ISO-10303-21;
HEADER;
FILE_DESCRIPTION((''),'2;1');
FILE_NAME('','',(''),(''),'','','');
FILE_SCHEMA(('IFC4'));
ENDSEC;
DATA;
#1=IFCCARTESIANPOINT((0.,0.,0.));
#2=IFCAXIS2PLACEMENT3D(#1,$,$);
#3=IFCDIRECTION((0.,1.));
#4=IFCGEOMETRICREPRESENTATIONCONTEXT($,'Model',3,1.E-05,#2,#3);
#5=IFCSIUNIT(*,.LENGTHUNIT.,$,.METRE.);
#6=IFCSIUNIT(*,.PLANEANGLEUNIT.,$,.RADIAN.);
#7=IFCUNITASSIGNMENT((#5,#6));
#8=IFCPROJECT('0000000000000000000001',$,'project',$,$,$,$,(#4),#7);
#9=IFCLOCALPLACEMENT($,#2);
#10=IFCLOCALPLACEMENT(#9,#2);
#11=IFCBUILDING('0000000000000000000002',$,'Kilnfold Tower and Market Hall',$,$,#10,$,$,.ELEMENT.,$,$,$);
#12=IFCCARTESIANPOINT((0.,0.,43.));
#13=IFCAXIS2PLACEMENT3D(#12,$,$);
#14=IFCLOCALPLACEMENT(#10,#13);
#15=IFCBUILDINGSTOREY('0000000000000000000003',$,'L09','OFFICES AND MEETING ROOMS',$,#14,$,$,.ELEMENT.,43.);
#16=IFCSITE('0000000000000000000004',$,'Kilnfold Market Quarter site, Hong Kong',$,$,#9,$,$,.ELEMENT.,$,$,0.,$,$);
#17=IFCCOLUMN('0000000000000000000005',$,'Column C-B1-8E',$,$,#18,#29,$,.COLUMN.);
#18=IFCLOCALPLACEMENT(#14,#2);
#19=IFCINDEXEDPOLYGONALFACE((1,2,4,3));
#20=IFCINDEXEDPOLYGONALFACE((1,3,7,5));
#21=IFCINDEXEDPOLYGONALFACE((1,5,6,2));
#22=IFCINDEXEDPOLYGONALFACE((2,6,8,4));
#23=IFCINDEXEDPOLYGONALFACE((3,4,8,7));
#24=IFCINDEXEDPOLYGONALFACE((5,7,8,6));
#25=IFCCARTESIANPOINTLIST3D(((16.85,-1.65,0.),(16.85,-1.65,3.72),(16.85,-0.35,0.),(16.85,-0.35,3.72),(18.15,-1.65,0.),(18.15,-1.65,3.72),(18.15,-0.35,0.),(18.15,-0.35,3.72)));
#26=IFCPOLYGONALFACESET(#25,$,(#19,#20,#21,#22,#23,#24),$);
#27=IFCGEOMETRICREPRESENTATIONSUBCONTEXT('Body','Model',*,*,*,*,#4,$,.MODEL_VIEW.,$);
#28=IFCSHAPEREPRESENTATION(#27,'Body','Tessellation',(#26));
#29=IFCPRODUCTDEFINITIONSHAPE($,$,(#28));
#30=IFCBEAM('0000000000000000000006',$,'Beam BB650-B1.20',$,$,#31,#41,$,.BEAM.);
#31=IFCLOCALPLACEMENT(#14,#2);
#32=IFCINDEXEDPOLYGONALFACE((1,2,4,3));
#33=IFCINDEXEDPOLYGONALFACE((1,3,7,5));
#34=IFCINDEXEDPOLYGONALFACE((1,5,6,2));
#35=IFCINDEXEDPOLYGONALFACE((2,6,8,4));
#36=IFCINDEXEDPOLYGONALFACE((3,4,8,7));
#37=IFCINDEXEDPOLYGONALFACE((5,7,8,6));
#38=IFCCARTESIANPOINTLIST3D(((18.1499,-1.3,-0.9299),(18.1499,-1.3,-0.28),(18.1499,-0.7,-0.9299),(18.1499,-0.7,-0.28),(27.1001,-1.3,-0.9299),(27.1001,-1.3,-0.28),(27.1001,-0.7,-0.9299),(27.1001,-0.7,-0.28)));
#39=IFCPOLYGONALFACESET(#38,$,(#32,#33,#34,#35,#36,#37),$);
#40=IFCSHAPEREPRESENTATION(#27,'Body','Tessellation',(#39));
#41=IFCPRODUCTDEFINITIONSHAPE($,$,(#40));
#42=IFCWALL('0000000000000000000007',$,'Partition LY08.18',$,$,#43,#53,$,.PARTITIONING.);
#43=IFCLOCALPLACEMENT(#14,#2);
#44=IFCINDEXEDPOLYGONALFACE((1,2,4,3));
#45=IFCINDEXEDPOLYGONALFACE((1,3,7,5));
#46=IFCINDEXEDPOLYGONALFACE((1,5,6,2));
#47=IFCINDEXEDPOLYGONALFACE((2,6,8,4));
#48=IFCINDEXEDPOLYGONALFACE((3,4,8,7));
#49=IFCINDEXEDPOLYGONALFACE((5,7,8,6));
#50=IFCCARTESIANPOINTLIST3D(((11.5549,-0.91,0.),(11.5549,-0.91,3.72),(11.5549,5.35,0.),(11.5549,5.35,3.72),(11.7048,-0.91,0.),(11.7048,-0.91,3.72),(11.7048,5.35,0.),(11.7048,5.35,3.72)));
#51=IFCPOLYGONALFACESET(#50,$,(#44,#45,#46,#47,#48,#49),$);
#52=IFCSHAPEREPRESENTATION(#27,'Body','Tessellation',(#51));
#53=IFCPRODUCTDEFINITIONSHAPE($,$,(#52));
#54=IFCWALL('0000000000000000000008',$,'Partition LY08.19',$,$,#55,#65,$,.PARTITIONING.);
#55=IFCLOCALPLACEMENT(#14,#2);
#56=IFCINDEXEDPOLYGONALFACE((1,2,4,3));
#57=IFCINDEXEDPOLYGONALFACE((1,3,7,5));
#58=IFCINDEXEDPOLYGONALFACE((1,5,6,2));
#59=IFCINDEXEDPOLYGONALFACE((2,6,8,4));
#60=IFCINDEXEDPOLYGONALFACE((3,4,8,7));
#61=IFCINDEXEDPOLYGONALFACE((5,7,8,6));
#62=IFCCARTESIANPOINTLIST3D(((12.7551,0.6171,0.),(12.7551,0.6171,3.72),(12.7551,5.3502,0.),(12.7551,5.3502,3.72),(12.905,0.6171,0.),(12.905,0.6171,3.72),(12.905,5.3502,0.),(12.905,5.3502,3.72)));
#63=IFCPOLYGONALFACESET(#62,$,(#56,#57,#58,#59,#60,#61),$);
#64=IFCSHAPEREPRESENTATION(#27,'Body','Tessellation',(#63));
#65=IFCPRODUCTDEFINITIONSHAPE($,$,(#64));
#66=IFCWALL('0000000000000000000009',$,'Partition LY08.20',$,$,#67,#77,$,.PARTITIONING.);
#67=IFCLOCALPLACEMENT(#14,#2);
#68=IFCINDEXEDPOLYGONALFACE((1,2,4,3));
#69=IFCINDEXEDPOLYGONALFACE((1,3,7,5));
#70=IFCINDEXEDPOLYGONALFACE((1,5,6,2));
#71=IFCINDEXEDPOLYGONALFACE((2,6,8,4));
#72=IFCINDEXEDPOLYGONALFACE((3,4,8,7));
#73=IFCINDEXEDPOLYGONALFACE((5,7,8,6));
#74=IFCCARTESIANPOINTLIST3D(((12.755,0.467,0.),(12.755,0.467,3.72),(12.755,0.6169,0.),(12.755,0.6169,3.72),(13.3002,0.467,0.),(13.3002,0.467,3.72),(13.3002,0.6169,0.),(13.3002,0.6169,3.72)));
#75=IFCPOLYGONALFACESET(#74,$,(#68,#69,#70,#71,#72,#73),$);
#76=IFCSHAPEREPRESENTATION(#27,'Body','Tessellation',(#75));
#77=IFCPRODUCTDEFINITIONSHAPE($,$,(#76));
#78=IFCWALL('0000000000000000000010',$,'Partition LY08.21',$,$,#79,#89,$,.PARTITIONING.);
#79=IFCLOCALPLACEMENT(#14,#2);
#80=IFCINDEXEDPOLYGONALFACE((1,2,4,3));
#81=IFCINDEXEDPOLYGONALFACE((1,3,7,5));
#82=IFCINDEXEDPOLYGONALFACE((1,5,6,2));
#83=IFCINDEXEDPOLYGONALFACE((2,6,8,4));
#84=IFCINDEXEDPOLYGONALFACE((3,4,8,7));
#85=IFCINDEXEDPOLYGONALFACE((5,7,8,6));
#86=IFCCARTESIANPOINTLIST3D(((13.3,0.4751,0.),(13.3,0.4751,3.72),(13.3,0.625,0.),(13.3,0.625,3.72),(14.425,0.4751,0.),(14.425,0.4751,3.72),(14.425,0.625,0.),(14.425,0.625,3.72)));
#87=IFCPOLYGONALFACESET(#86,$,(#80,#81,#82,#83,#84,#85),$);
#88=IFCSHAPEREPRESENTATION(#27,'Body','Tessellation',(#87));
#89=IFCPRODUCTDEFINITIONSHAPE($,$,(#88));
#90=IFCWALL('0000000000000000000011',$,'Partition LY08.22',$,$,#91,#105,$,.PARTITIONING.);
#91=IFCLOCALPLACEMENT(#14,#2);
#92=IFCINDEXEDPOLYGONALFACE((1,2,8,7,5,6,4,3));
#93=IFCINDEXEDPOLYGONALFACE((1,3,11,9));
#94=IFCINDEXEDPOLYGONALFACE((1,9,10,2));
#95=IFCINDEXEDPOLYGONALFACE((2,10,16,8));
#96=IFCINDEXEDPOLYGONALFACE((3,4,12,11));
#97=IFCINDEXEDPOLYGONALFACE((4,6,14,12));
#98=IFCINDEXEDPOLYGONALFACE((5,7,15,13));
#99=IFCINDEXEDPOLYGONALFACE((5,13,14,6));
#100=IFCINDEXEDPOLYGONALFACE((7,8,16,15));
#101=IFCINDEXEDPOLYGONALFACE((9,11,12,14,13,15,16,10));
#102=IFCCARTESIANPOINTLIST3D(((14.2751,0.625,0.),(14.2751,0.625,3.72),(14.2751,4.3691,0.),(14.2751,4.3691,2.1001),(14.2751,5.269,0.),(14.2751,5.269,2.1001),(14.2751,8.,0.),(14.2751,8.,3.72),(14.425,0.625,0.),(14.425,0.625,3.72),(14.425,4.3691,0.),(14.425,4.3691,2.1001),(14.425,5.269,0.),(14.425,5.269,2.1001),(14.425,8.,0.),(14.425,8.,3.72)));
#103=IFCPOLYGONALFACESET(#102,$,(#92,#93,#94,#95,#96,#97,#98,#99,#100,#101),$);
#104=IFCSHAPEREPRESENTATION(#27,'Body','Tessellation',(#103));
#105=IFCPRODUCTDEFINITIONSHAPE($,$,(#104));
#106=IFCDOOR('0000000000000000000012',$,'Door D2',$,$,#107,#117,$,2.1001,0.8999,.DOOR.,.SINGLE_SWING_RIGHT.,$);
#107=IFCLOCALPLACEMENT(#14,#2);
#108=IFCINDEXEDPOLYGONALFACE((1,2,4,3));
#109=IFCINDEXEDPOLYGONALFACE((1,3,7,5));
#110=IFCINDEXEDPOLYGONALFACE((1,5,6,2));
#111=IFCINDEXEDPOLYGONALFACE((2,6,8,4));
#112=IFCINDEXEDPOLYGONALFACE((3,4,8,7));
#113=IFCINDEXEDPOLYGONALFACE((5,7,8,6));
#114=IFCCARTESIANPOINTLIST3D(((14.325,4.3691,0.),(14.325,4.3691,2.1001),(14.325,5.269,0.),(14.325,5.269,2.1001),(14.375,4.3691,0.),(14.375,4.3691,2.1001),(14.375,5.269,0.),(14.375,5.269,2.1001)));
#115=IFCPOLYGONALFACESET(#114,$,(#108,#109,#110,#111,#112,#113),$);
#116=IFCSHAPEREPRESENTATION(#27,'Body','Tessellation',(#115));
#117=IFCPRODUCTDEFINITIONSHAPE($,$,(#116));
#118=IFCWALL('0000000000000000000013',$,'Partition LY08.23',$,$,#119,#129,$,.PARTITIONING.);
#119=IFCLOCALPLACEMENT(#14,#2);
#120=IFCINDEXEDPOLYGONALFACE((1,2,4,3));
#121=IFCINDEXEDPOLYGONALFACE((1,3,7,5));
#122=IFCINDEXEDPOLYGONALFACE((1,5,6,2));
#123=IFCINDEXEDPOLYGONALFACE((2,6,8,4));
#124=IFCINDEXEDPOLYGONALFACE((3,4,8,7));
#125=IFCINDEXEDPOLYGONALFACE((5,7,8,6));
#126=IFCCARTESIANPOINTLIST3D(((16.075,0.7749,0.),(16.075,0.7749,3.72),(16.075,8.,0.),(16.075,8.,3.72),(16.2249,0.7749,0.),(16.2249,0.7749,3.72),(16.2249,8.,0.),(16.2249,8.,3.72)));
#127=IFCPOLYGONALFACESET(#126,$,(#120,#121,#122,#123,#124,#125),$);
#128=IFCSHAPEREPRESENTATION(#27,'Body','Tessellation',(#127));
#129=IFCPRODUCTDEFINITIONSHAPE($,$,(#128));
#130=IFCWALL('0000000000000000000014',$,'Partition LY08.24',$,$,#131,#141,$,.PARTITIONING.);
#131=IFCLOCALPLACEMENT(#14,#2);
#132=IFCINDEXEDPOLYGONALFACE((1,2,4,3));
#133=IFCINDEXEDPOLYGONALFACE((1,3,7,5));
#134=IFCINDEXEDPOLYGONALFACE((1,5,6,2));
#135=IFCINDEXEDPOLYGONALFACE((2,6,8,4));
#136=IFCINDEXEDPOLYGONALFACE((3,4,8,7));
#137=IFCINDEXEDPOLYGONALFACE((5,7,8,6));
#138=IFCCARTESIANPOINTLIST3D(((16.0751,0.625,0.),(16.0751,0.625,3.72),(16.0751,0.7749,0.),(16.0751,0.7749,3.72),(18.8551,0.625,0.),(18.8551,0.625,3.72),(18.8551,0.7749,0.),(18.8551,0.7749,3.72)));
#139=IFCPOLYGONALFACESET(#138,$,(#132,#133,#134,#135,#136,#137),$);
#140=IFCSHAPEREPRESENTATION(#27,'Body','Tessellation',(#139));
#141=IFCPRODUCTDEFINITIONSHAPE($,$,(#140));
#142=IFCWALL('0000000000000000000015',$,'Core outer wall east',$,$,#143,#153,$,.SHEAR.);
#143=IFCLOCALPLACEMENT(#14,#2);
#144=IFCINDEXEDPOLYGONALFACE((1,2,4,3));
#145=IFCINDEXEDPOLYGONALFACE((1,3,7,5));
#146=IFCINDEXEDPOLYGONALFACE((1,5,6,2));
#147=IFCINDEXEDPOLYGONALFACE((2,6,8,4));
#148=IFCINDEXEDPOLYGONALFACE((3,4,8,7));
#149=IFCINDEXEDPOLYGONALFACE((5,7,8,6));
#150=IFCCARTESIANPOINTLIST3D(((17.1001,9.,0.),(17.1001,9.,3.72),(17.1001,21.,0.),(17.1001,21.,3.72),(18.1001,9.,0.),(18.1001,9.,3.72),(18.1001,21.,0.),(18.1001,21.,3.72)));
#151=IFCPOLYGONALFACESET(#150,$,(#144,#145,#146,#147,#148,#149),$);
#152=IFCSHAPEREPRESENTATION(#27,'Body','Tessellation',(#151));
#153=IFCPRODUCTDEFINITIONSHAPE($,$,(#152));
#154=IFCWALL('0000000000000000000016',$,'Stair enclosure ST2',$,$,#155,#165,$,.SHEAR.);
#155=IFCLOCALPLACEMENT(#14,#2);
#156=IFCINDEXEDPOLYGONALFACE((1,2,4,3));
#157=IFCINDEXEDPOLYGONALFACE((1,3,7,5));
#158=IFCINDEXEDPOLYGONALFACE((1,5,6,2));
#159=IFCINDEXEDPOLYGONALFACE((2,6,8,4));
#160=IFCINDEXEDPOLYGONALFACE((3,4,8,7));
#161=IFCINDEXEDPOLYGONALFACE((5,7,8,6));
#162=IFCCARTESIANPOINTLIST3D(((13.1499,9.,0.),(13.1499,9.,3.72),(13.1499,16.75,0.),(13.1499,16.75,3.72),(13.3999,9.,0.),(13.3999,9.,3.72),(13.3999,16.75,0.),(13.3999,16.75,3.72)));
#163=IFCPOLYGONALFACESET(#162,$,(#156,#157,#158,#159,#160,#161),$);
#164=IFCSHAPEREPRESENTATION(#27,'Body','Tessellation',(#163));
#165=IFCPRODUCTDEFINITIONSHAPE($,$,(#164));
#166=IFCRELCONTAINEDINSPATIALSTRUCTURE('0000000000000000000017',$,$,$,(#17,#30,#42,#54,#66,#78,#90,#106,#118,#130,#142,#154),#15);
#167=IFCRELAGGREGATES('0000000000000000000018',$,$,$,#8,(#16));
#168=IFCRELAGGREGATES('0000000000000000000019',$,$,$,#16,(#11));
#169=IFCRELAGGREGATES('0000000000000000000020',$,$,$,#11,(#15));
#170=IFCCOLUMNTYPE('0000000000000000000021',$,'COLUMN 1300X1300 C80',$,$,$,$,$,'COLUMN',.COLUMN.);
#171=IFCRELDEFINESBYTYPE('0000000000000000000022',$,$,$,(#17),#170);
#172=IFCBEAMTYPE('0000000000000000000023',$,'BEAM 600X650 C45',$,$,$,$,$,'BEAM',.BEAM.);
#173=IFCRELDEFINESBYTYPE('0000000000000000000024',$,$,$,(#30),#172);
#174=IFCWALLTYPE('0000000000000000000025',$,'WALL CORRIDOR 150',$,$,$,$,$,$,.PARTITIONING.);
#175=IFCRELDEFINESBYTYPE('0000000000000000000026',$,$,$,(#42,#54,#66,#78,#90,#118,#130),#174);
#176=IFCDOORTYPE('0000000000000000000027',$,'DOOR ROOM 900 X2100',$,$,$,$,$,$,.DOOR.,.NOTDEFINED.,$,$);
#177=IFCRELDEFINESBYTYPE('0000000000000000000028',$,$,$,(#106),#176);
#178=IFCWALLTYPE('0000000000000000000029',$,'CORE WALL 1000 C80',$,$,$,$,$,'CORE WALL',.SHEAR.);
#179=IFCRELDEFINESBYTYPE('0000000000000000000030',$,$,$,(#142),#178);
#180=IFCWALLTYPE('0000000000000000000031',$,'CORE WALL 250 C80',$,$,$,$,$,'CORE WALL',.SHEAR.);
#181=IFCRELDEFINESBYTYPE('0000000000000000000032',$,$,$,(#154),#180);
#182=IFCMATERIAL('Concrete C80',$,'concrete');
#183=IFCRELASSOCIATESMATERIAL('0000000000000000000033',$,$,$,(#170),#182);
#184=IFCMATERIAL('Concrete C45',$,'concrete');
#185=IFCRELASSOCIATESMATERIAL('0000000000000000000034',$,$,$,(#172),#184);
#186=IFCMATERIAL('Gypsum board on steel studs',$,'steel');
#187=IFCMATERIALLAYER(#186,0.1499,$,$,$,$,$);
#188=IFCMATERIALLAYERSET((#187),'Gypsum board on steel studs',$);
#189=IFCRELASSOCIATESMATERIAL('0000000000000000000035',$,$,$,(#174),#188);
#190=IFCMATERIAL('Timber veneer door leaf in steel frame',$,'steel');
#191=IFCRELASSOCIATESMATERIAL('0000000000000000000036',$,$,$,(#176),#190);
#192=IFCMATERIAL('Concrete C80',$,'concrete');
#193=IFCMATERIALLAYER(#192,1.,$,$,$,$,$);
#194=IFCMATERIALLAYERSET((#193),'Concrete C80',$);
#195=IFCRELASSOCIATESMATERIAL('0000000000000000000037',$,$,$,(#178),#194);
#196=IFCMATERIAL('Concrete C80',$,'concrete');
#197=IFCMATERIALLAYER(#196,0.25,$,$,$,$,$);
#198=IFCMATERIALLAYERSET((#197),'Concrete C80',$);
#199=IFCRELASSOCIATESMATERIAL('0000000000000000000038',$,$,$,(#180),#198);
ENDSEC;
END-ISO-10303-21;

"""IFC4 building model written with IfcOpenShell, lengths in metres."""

from ifc_helpers import new_model, si_unit, direction, frame, frame_2d, origin, origin_2d, place, context, subcontext, project, spatial, rectangle, extrude, source, transform, mapped, material, layer, layer_set, material_profile, profile_set, type_object, element, fill, save


model = new_model("IFC4")

# Units and contexts
model_context = context("Model", 3, precision=1e-05, world=origin(), true_north=direction((0.0, 1.0)))
body_context = subcontext(model_context, "Body", "Model", "MODEL_VIEW")
ifc_project = project(units=[si_unit("LENGTHUNIT", "METRE"), si_unit("PLANEANGLEUNIT", "RADIAN")], contexts=[model_context])

# Site, building, storey
site_placement = place(None, origin())
site = spatial("IfcSite", under=ifc_project, at=site_placement, Name="Kilnfold Market Quarter site, Hong Kong", CompositionType="ELEMENT", RefElevation=0.0)
building_placement = place(site_placement, origin())
building = spatial("IfcBuilding", under=site, at=building_placement, Name="Kilnfold Tower and Market Hall", CompositionType="ELEMENT")
storey_placement = place(building_placement, frame((0.0, 0.0, 43.0)))
storey = spatial("IfcBuildingStorey", under=building, at=storey_placement, Name="L09", Description="OFFICES AND MEETING ROOMS", CompositionType="ELEMENT", Elevation=43.0)

# Column
ifc_material_1 = material(Name="Concrete C80", Category="concrete")
ifc_material_profile_1 = material_profile(ifc_material_1, rectangle(XDim=1.3, YDim=1.3, at=origin_2d()), Name="RC 1300x1300")
ifc_profile_set_1 = profile_set([ifc_material_profile_1], Name="Concrete C80")
column_type = type_object("IfcColumnType", Name="COLUMN 1300X1300 C80", ElementType="COLUMN", PredefinedType="COLUMN", material=ifc_profile_set_1)
shared_shape_1 = source(origin(), body_context, "Body", "SweptSolid", [
    extrude(rectangle(XDim=1.3, YDim=1.3, at=origin_2d()), origin(), (0.0, 0.0, 1.0), 3.72),
])
column_placement = place(storey_placement, frame((17.5, -1.0, 0.0), z_axis=(0.0, 0.0, 1.0), x_axis=(1.0, 0.0, 0.0)))
element("IfcColumn", 1, at=column_placement, inside=storey, type_object=column_type, Name="Column C-B1-8E", PredefinedType="COLUMN", context=body_context, shape_type="MappedRepresentation", body=[
    mapped(shared_shape_1, transform((0.0, 0.0, 0.0))),
])

# Beam
ifc_material_2 = material(Name="Concrete C45", Category="concrete")
ifc_material_profile_2 = material_profile(ifc_material_2, rectangle(XDim=0.6001, YDim=0.6499, at=origin_2d()), Name="RC 600x650")
ifc_profile_set_2 = profile_set([ifc_material_profile_2], Name="Concrete C45")
beam_type = type_object("IfcBeamType", Name="BEAM 600X650 C45", ElementType="BEAM", PredefinedType="BEAM", material=ifc_profile_set_2)
shared_shape_2 = source(origin(), body_context, "Body", "SweptSolid", [
    extrude(rectangle(XDim=0.6001, YDim=0.6499, at=origin_2d()), origin(), (0.0, 0.0, 1.0), 8.9502),
])
beam_placement = place(storey_placement, frame((18.1499, -1.0, -0.605), z_axis=(1.0, 0.0, 0.0), x_axis=(0.0, 1.0, 0.0)))
element("IfcBeam", 2, at=beam_placement, inside=storey, type_object=beam_type, Name="Beam BB650-B1.20", PredefinedType="BEAM", context=body_context, shape_type="MappedRepresentation", body=[
    mapped(shared_shape_2, transform((0.0, 0.0, 0.0))),
])

# Walls
ifc_material_3 = material(Name="Gypsum board on steel studs", Category="steel")
ifc_layer_1 = layer(ifc_material_3, 0.1499)
ifc_layer_set_1 = layer_set([ifc_layer_1], Name="Gypsum board on steel studs")
wall_type_1 = type_object("IfcWallType", Name="WALL CORRIDOR 150", PredefinedType="PARTITIONING", material=ifc_layer_set_1)
wall_1_placement = place(storey_placement, frame((11.6299, -0.9099, 0.0), z_axis=(0.0, 0.0, 1.0), x_axis=(0.0, 1.0, 0.0)))
element("IfcWall", 3, at=wall_1_placement, inside=storey, type_object=wall_type_1, Name="Partition LY08.18", PredefinedType="PARTITIONING", context=body_context, shape_type="SweptSolid", body=[
    extrude(rectangle(XDim=6.26, YDim=0.1499, at=frame_2d((3.1299, 0.0))), origin(), (0.0, 0.0, 1.0), 3.72),
])
wall_2_placement = place(storey_placement, frame((12.8301, 0.6169, 0.0), z_axis=(0.0, 0.0, 1.0), x_axis=(0.0, 1.0, 0.0)))
element("IfcWall", 4, at=wall_2_placement, inside=storey, type_object=wall_type_1, Name="Partition LY08.19", PredefinedType="PARTITIONING", context=body_context, shape_type="SweptSolid", body=[
    extrude(rectangle(XDim=4.7332, YDim=0.1499, at=frame_2d((2.3667, 0.0))), origin(), (0.0, 0.0, 1.0), 3.72),
])
wall_3_placement = place(storey_placement, frame((13.3, 0.542, 0.0), z_axis=(0.0, 0.0, 1.0), x_axis=(-1.0, 0.0, 0.0)))
element("IfcWall", 5, at=wall_3_placement, inside=storey, type_object=wall_type_1, Name="Partition LY08.20", PredefinedType="PARTITIONING", context=body_context, shape_type="SweptSolid", body=[
    extrude(rectangle(XDim=0.5452, YDim=0.1499, at=frame_2d((0.2725, 0.0))), origin(), (0.0, 0.0, 1.0), 3.72),
])
wall_4_placement = place(storey_placement, frame((13.3, 0.55, 0.0), z_axis=(0.0, 0.0, 1.0), x_axis=(1.0, 0.0, 0.0)))
element("IfcWall", 6, at=wall_4_placement, inside=storey, type_object=wall_type_1, Name="Partition LY08.21", PredefinedType="PARTITIONING", context=body_context, shape_type="SweptSolid", body=[
    extrude(rectangle(XDim=1.125, YDim=0.1499, at=frame_2d((0.5625, 0.0))), origin(), (0.0, 0.0, 1.0), 3.72),
])

# Wall, opening, door
wall_5_placement = place(storey_placement, frame((14.3501, 8.0, 0.0), z_axis=(0.0, 0.0, 1.0), x_axis=(0.0, -1.0, 0.0)))
wall_5 = element("IfcWall", 7, at=wall_5_placement, inside=storey, type_object=wall_type_1, Name="Partition LY08.22", PredefinedType="PARTITIONING", context=body_context, shape_type="SweptSolid", body=[
    extrude(rectangle(XDim=7.375, YDim=0.1499, at=frame_2d((3.6875, 0.0))), origin(), (0.0, 0.0, 1.0), 3.72),
])
opening_1_placement = place(wall_5_placement, frame((2.731, 0.0, 0.0)))
opening_1 = element("IfcOpeningElement", 8, at=opening_1_placement, cuts=wall_5, PredefinedType="OPENING", context=body_context, shape_type="SweptSolid", body=[
    extrude(rectangle(XDim=0.8999, YDim=2.1001, at=frame_2d((0.45, 1.05))), frame((0.0, 0.085, 0.0), z_axis=(0.0, -1.0, 0.0), x_axis=(1.0, 0.0, 0.0)), (0.0, 0.0, 1.0), 0.1699),
])
ifc_material_4 = material(Name="Timber veneer door leaf in steel frame", Category="steel")
door_type_1 = type_object("IfcDoorType", Name="DOOR ROOM 900 X2100", OperationType="NOTDEFINED", PredefinedType="DOOR", material=ifc_material_4)
door_1_placement = place(opening_1_placement, origin())
door_1 = element("IfcDoor", 9, at=door_1_placement, inside=storey, type_object=door_type_1, Name="Door D2", OperationType="SINGLE_SWING_RIGHT", OverallHeight=2.1001, OverallWidth=0.8999, PredefinedType="DOOR", context=body_context, shape_type="SweptSolid", body=[
    extrude(rectangle(XDim=0.8999, YDim=2.1001, at=frame_2d((0.45, 1.05))), frame((0.0, 0.0249, 0.0), z_axis=(0.0, -1.0, 0.0), x_axis=(1.0, 0.0, 0.0)), (0.0, 0.0, 1.0), 0.05),
])
fill(opening_1, door_1)

# Walls
wall_6_placement = place(storey_placement, frame((16.1499, 0.7749, 0.0), z_axis=(0.0, 0.0, 1.0), x_axis=(0.0, 1.0, 0.0)))
element("IfcWall", 10, at=wall_6_placement, inside=storey, type_object=wall_type_1, Name="Partition LY08.23", PredefinedType="PARTITIONING", context=body_context, shape_type="SweptSolid", body=[
    extrude(rectangle(XDim=7.2251, YDim=0.1499, at=frame_2d((3.6125, 0.0))), origin(), (0.0, 0.0, 1.0), 3.72),
])
wall_7_placement = place(storey_placement, frame((16.075, 0.7, 0.0), z_axis=(0.0, 0.0, 1.0), x_axis=(1.0, 0.0, 0.0)))
element("IfcWall", 11, at=wall_7_placement, inside=storey, type_object=wall_type_1, Name="Partition LY08.24", PredefinedType="PARTITIONING", context=body_context, shape_type="SweptSolid", body=[
    extrude(rectangle(XDim=2.78, YDim=0.1499, at=frame_2d((1.3901, 0.0))), origin(), (0.0, 0.0, 1.0), 3.72),
])

# Shared definitions
ifc_material_5 = material(Name="Concrete C80", Category="concrete")
ifc_layer_2 = layer(ifc_material_5, 1.0)
ifc_layer_set_2 = layer_set([ifc_layer_2], Name="Concrete C80")
wall_type_2 = type_object("IfcWallType", Name="CORE WALL 1000 C80", ElementType="CORE WALL", PredefinedType="SHEAR", material=ifc_layer_set_2)

# Walls
shared_shape_3 = source(origin(), body_context, "Body", "SweptSolid", [
    extrude(rectangle(XDim=12.0, YDim=1.0, at=frame_2d((6.0, 0.0))), origin(), (0.0, 0.0, 1.0), 3.72),
])
wall_8_placement = place(storey_placement, frame((17.6001, 9.0, 0.0), z_axis=(0.0, 0.0, 1.0), x_axis=(0.0, 1.0, 0.0)))
element("IfcWall", 12, at=wall_8_placement, inside=storey, type_object=wall_type_2, Name="Core outer wall east", PredefinedType="SHEAR", context=body_context, shape_type="MappedRepresentation", body=[
    mapped(shared_shape_3, transform((0.0, 0.0, 0.0))),
])
ifc_material_6 = material(Name="Concrete C80", Category="concrete")
ifc_layer_3 = layer(ifc_material_6, 0.25)
ifc_layer_set_3 = layer_set([ifc_layer_3], Name="Concrete C80")
wall_type_3 = type_object("IfcWallType", Name="CORE WALL 250 C80", ElementType="CORE WALL", PredefinedType="SHEAR", material=ifc_layer_set_3)
shared_shape_4 = source(origin(), body_context, "Body", "SweptSolid", [
    extrude(rectangle(XDim=7.75, YDim=0.25, at=frame_2d((3.875, 0.0))), origin(), (0.0, 0.0, 1.0), 3.72),
])
wall_9_placement = place(storey_placement, frame((13.2749, 9.0, 0.0), z_axis=(0.0, 0.0, 1.0), x_axis=(0.0, 1.0, 0.0)))
element("IfcWall", 13, at=wall_9_placement, inside=storey, type_object=wall_type_3, Name="Stair enclosure ST2", PredefinedType="SHEAR", context=body_context, shape_type="MappedRepresentation", body=[
    mapped(shared_shape_4, transform((0.0, 0.0, 0.0))),
])

save(model, "model.ifc")
